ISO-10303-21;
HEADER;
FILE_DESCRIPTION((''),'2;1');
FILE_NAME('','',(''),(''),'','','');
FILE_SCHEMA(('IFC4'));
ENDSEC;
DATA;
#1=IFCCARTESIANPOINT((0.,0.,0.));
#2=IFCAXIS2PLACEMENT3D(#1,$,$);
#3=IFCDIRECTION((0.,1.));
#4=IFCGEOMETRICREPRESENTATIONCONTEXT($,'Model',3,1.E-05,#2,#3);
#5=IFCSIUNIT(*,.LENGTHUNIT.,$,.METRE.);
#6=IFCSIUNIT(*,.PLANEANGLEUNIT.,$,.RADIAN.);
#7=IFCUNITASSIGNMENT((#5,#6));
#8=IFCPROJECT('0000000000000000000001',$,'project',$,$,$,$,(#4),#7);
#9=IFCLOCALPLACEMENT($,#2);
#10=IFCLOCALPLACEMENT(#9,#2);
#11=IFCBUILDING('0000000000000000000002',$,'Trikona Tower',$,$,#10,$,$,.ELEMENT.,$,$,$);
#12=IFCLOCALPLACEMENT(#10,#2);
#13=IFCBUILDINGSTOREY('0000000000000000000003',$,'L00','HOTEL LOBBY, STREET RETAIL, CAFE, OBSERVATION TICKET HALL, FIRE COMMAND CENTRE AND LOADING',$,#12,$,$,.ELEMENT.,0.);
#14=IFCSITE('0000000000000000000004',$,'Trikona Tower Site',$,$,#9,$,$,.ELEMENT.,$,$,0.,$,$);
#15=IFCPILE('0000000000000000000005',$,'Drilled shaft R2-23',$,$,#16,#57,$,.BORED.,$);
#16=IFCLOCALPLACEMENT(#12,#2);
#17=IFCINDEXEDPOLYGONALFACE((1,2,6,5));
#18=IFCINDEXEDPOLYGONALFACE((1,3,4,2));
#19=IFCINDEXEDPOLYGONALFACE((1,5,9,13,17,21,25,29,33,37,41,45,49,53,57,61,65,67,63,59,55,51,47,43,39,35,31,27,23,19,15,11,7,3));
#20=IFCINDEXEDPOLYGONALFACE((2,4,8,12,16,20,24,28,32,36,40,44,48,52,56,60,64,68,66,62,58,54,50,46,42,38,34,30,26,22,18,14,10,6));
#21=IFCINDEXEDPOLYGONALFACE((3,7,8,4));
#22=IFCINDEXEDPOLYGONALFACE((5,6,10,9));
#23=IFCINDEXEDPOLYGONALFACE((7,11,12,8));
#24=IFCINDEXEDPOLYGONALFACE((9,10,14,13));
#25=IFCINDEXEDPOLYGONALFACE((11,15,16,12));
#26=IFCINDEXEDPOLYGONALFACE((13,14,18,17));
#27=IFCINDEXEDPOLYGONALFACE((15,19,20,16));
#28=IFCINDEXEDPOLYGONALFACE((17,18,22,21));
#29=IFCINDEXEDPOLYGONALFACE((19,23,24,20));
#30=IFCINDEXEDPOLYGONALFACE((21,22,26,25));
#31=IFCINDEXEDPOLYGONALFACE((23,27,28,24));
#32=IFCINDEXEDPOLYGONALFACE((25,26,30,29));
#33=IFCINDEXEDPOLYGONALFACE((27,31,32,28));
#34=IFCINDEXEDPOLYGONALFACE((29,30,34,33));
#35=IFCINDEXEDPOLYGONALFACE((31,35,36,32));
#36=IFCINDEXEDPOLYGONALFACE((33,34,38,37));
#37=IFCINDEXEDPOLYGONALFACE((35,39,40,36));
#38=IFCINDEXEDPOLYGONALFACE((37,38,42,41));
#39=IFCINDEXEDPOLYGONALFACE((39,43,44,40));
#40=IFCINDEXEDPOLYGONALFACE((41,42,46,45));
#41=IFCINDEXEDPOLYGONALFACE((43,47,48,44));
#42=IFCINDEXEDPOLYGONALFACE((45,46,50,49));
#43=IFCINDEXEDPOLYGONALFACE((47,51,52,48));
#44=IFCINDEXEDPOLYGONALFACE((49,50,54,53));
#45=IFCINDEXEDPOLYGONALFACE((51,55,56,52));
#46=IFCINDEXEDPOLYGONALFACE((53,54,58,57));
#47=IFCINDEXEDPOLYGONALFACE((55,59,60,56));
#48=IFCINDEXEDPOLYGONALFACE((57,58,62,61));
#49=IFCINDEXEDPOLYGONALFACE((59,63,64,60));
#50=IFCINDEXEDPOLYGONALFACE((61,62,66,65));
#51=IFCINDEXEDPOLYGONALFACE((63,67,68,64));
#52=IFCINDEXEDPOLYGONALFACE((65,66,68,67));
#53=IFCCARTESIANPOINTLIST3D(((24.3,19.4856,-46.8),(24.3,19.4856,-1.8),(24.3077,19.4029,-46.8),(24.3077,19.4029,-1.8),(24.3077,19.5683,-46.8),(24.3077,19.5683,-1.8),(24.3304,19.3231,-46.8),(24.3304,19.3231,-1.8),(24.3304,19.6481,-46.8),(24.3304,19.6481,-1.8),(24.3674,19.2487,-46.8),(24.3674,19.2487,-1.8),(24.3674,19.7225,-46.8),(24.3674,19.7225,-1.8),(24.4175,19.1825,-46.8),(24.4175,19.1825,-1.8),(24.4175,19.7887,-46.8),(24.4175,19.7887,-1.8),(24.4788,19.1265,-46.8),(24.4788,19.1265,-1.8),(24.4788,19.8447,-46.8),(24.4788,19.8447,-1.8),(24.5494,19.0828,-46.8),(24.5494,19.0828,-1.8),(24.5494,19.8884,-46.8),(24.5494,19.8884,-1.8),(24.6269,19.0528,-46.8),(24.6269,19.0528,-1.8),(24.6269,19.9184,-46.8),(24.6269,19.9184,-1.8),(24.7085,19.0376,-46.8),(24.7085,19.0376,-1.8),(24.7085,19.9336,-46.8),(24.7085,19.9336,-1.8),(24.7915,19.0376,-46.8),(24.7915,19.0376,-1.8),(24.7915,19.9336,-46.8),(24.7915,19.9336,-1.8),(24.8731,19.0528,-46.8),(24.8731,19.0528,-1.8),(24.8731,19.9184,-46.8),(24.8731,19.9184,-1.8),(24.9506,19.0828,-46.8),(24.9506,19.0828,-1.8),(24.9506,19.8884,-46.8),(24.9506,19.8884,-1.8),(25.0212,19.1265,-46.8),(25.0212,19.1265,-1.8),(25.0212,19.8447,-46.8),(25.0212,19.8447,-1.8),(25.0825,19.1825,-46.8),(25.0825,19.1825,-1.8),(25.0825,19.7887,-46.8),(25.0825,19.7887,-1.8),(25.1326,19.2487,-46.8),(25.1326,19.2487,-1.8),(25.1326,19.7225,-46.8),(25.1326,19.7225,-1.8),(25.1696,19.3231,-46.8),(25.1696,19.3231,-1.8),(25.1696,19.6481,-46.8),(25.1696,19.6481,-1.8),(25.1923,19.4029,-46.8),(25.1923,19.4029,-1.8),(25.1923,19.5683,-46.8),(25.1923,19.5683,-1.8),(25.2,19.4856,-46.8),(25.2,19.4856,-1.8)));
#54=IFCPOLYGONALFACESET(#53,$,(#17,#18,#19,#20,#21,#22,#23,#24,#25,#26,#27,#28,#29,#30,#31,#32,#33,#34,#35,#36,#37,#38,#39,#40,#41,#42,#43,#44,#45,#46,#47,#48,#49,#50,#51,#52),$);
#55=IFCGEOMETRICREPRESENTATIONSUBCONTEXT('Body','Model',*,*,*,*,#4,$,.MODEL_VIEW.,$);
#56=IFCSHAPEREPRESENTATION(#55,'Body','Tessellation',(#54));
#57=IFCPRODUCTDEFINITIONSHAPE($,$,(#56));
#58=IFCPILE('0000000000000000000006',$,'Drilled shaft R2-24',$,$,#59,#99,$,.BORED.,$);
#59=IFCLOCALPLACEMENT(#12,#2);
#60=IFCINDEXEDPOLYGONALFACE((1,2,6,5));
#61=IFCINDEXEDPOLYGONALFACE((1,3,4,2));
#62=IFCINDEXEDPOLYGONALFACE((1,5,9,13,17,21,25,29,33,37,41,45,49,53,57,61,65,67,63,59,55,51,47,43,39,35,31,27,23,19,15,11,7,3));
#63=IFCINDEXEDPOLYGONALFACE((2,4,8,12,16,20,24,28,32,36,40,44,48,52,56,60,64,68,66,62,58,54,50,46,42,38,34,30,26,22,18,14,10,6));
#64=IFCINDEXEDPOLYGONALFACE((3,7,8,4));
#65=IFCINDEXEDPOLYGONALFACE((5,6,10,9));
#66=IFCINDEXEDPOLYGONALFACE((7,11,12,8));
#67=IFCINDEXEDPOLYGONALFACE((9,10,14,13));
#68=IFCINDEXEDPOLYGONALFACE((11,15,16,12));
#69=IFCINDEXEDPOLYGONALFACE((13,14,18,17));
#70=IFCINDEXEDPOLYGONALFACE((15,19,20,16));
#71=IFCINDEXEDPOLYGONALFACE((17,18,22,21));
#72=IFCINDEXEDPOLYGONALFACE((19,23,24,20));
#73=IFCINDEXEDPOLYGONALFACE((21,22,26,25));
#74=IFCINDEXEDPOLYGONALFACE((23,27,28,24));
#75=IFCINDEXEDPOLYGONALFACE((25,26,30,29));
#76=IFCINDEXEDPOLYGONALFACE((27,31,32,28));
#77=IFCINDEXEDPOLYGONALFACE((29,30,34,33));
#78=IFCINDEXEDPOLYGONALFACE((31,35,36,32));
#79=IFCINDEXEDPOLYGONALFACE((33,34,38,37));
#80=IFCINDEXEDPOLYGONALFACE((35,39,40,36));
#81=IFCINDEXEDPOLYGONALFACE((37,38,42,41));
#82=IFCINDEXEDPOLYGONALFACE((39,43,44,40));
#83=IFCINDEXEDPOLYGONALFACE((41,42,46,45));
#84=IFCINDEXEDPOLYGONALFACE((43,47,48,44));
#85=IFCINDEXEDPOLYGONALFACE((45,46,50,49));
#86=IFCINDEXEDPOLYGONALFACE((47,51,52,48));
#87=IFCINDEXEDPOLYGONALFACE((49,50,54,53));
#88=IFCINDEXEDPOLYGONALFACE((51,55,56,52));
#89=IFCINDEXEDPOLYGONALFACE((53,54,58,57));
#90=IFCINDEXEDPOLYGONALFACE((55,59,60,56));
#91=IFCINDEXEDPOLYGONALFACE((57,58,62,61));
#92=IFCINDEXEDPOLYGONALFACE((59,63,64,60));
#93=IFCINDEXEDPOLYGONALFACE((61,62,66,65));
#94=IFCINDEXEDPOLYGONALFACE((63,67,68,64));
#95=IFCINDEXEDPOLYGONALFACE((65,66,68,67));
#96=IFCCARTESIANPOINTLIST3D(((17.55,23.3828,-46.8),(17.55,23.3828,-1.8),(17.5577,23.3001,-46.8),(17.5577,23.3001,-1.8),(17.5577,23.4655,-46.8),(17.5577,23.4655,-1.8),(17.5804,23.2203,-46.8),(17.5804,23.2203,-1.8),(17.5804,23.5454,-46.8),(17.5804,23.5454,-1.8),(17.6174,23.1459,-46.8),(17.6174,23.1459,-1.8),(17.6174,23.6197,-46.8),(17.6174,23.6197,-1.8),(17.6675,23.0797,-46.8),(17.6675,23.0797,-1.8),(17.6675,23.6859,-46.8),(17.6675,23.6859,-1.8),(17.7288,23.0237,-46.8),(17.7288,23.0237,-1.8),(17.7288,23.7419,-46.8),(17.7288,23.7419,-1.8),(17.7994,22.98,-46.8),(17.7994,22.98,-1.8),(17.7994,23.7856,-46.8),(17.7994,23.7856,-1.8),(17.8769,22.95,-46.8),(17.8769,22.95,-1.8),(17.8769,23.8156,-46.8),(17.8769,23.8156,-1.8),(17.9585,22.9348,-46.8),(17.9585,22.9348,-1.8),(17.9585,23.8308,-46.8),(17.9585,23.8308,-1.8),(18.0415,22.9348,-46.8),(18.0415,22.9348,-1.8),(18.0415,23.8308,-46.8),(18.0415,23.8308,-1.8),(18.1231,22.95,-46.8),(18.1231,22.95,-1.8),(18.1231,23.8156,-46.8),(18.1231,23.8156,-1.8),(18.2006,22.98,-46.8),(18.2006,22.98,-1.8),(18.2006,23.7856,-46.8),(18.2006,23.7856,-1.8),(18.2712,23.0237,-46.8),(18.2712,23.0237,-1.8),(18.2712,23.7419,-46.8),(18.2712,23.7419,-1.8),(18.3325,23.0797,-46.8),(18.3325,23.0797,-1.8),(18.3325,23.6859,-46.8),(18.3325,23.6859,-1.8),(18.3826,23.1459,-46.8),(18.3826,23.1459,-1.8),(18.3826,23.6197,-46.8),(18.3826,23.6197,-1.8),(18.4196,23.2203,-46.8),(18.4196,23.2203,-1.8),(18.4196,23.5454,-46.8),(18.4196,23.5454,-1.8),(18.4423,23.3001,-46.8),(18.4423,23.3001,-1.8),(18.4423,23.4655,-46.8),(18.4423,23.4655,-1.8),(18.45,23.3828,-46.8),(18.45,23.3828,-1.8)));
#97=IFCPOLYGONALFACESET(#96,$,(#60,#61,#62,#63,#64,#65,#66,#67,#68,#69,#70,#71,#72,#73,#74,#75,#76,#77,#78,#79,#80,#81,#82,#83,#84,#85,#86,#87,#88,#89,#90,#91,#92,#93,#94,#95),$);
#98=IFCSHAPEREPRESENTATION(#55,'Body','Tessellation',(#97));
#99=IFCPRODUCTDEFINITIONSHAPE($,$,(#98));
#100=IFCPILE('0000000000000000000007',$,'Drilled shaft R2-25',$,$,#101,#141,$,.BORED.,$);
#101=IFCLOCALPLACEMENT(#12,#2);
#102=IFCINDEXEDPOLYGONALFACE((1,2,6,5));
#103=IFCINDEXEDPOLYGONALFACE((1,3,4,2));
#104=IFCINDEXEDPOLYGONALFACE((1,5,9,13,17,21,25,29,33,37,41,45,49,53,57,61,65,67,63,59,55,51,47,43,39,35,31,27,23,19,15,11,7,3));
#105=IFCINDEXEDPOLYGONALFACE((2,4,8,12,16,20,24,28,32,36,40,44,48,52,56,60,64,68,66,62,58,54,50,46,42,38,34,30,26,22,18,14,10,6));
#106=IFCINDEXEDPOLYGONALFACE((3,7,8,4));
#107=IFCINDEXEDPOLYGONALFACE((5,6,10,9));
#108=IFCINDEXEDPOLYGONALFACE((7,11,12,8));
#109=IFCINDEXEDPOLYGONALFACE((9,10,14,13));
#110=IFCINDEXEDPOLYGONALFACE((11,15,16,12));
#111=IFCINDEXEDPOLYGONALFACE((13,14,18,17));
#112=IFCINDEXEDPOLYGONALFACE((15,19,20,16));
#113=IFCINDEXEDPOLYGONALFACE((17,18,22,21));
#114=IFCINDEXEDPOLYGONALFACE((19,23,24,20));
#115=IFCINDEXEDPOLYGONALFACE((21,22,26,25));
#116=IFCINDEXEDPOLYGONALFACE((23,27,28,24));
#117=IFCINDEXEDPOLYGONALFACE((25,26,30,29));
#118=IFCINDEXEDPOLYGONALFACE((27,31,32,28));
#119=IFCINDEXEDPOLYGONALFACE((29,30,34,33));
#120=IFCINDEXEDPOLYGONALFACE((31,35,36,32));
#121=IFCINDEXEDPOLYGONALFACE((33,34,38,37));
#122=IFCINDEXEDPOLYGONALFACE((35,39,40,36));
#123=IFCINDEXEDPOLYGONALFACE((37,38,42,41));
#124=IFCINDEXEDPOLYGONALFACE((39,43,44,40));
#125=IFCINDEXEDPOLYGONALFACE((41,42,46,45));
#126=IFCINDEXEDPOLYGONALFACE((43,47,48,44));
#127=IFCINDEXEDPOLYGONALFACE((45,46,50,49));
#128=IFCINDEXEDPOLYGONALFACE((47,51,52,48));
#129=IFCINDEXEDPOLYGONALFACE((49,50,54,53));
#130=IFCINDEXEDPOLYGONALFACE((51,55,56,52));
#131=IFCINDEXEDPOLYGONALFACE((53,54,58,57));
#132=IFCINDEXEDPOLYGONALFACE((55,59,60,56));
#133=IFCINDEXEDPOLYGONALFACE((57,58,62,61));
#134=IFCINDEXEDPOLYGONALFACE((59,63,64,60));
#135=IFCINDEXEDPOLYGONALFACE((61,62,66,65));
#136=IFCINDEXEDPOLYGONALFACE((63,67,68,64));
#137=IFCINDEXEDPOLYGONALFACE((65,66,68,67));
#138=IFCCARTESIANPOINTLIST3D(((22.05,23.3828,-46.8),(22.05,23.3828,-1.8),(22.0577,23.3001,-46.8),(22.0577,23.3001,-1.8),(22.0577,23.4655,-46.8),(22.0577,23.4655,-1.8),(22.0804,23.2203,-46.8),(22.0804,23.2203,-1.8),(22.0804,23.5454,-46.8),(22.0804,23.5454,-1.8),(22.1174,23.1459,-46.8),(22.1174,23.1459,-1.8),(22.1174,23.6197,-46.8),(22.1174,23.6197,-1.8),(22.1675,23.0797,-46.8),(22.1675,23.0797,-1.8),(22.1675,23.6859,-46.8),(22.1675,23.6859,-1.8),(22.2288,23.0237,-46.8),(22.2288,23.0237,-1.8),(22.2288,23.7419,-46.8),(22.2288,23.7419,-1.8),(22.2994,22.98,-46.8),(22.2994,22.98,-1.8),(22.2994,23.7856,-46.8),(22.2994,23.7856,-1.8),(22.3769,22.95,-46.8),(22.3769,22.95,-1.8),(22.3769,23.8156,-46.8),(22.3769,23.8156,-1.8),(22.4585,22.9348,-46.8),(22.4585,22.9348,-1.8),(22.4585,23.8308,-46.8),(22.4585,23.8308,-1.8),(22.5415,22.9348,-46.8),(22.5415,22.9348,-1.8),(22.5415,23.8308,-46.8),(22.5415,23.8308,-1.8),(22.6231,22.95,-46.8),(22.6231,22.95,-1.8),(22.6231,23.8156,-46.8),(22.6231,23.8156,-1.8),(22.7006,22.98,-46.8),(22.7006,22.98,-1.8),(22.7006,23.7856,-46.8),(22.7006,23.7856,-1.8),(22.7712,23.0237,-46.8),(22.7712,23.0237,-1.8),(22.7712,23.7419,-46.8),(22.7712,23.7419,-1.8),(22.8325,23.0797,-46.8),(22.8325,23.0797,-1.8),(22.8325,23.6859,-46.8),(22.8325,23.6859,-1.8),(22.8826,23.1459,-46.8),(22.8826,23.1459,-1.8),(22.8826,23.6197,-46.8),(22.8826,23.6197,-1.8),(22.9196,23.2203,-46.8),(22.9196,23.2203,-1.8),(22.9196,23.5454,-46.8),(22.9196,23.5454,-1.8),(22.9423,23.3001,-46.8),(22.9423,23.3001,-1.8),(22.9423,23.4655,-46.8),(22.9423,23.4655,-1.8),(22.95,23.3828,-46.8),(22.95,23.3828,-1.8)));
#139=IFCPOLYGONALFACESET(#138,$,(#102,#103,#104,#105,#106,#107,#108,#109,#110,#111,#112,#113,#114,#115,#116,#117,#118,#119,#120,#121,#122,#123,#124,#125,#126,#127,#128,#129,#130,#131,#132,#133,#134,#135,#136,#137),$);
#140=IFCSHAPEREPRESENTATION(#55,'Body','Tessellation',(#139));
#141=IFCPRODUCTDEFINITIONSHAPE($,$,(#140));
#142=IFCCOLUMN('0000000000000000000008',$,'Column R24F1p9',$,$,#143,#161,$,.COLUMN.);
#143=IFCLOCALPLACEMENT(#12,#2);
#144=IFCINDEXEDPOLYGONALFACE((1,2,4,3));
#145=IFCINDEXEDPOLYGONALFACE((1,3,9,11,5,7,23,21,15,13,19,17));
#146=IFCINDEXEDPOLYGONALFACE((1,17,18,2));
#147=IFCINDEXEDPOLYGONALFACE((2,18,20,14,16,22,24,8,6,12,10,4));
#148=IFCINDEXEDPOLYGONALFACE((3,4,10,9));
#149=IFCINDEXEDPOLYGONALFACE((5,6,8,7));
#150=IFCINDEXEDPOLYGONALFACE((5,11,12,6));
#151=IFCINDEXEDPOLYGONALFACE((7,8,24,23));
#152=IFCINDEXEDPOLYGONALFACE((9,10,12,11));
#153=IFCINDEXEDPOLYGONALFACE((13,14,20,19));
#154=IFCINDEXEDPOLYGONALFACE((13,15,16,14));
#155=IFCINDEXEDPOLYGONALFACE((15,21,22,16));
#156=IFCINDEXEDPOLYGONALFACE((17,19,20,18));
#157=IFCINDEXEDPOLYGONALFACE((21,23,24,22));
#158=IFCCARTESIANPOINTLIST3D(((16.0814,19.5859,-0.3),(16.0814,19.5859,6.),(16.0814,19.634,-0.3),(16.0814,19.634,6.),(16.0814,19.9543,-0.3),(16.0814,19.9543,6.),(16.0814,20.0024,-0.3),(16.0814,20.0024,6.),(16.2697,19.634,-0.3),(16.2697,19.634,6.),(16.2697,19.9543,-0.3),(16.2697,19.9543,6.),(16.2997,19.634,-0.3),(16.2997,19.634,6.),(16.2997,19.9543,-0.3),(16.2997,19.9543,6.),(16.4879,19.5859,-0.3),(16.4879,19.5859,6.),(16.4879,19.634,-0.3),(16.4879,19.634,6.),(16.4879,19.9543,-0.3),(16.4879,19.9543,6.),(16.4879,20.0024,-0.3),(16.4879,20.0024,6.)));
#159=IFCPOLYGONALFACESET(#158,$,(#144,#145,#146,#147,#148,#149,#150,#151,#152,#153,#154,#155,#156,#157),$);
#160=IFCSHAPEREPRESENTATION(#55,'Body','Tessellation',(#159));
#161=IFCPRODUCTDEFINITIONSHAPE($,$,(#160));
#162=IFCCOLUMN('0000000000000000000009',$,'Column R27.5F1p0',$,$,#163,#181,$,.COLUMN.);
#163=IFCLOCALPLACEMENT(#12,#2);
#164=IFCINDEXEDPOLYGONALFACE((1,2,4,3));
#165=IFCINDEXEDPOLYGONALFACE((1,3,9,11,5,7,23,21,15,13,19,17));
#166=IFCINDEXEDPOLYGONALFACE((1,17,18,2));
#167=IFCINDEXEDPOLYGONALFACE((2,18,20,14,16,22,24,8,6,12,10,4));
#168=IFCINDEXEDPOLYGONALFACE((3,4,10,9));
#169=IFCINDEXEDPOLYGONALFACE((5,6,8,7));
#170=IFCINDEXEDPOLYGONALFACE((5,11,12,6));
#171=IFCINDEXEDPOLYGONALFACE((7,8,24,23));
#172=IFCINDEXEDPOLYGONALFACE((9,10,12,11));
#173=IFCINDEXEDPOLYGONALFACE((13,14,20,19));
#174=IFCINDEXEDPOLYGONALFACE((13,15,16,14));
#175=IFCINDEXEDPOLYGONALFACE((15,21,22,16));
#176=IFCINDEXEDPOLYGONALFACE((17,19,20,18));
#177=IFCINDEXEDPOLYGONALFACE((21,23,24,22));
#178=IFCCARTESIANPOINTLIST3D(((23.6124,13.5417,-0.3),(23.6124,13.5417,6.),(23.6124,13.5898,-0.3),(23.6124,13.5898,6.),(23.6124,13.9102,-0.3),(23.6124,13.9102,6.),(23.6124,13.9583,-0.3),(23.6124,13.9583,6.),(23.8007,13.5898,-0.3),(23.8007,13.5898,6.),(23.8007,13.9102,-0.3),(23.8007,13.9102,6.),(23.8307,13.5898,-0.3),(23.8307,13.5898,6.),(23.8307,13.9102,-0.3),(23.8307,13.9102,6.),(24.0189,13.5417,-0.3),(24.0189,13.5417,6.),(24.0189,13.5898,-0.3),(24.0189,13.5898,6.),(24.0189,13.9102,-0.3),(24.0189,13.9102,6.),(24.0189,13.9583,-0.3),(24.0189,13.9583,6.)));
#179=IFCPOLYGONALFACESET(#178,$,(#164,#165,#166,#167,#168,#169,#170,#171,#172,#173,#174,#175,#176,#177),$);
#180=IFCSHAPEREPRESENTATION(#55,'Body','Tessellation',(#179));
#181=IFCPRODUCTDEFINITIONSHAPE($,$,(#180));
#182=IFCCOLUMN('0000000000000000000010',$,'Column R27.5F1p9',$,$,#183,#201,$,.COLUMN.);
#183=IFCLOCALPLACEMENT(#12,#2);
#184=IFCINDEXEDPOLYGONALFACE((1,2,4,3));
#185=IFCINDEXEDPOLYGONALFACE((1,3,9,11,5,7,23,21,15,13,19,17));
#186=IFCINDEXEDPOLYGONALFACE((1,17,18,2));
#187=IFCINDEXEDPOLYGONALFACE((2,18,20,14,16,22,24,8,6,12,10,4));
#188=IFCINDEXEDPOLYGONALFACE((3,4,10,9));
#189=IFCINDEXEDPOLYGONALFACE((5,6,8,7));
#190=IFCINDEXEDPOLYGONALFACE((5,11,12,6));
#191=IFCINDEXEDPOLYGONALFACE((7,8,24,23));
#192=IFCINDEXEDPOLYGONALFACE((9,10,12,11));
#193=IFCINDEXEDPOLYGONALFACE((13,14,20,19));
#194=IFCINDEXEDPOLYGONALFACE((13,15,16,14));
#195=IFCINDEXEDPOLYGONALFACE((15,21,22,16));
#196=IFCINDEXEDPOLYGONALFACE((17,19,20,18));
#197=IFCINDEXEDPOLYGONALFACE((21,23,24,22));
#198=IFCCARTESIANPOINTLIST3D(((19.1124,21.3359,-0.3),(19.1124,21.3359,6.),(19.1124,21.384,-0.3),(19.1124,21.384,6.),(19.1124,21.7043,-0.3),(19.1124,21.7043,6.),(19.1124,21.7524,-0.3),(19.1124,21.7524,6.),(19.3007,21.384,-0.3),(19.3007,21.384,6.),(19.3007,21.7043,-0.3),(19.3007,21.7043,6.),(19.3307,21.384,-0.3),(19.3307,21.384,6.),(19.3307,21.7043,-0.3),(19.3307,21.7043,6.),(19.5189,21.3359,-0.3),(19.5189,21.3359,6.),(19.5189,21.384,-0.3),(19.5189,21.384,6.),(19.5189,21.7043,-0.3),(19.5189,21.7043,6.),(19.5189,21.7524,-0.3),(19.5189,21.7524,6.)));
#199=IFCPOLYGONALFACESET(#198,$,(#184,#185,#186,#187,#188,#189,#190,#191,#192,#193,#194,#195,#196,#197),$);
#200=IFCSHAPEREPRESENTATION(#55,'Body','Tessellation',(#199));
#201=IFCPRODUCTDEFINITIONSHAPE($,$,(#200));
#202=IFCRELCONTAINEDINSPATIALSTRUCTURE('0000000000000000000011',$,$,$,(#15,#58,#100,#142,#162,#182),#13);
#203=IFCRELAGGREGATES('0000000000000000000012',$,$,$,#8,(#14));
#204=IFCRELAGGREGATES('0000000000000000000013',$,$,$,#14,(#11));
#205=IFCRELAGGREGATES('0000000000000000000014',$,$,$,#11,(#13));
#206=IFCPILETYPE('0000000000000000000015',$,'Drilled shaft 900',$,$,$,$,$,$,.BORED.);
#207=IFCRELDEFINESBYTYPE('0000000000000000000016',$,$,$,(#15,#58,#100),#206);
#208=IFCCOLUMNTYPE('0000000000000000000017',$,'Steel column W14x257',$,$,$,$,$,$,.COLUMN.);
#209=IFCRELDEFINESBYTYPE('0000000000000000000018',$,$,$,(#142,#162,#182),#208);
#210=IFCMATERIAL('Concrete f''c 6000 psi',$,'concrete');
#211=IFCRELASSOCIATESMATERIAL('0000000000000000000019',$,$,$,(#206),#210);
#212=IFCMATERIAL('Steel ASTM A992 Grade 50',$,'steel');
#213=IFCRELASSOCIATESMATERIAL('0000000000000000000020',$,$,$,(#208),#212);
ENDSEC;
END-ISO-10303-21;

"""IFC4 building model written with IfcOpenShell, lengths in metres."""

from ifc_helpers import new_model, si_unit, direction, frame, origin, origin_2d, place, context, subcontext, project, spatial, circle, i_section, extrude, material, material_profile, profile_set, type_object, element, save


model = new_model("IFC4")

# Units and contexts
model_context = context("Model", 3, precision=1e-05, world=origin(), true_north=direction((0.0, 1.0)))
body_context = subcontext(model_context, "Body", "Model", "MODEL_VIEW")
ifc_project = project(units=[si_unit("LENGTHUNIT", "METRE"), si_unit("PLANEANGLEUNIT", "RADIAN")], contexts=[model_context])

# Site, building, storey
site_placement = place(None, origin())
site = spatial("IfcSite", under=ifc_project, at=site_placement, Name="Trikona Tower Site", CompositionType="ELEMENT", RefElevation=0.0)
building_placement = place(site_placement, origin())
building = spatial("IfcBuilding", under=site, at=building_placement, Name="Trikona Tower", CompositionType="ELEMENT")
storey_placement = place(building_placement, origin())
storey = spatial("IfcBuildingStorey", under=building, at=storey_placement, Name="L00", Description="HOTEL LOBBY, STREET RETAIL, CAFE, OBSERVATION TICKET HALL, FIRE COMMAND CENTRE AND LOADING", CompositionType="ELEMENT", Elevation=0.0)

# Piles
ifc_material_1 = material(Name="Concrete f'c 6000 psi", Category="concrete")
pile_type_1 = type_object("IfcPileType", Name="Drilled shaft 900", PredefinedType="BORED", material=ifc_material_1)
for number, where, z_axis, x_axis, name in (
    (1, (24.75, 19.4856, -1.8), (0.0, 0.0, -1.0), (1.0, 0.0, 0.0), "Drilled shaft R2-23"),
    (2, (18.0, 23.3828, -1.8), (0.0, 0.0, -1.0), (1.0, 0.0, 0.0), "Drilled shaft R2-24"),
    (3, (22.5, 23.3828, -1.8), (0.0, 0.0, -1.0), (1.0, 0.0, 0.0), "Drilled shaft R2-25"),
):
    element("IfcPile", number, at=place(storey_placement, frame(where, z_axis=z_axis, x_axis=x_axis)), inside=storey, type_object=pile_type_1, Name=name, PredefinedType="BORED", context=body_context, shape_type="SweptSolid", body=[
        extrude(circle(Radius=0.45, at=origin_2d()), origin(), (0.0, 0.0, 1.0), 45.0),
    ])

# Columns
ifc_material_2 = material(Name="Steel ASTM A992 Grade 50", Category="steel")
ifc_material_profile_1 = material_profile(ifc_material_2, i_section(OverallWidth=0.4065, OverallDepth=0.4165, WebThickness=0.03, FlangeThickness=0.0481, at=origin_2d()), Name="W14X257")
ifc_profile_set_1 = profile_set([ifc_material_profile_1], Name="Steel ASTM A992 Grade 50")
column_type = type_object("IfcColumnType", Name="Steel column W14x257", PredefinedType="COLUMN", material=ifc_profile_set_1)
for number, where, z_axis, x_axis, name in (
    (4, (16.2847, 19.7942, -0.3), (0.0, 0.0, 1.0), (1.0, 0.0, 0.0), "Column R24F1p9"),
    (5, (23.8157, 13.75, -0.3), (0.0, 0.0, 1.0), (1.0, 0.0, 0.0), "Column R27.5F1p0"),
    (6, (19.3157, 21.5442, -0.3), (0.0, 0.0, 1.0), (1.0, 0.0, 0.0), "Column R27.5F1p9"),
):
    element("IfcColumn", number, at=place(storey_placement, frame(where, z_axis=z_axis, x_axis=x_axis)), inside=storey, type_object=column_type, Name=name, PredefinedType="COLUMN", context=body_context, shape_type="SweptSolid", body=[
        extrude(i_section(OverallWidth=0.4065, OverallDepth=0.4165, WebThickness=0.03, FlangeThickness=0.0481, at=origin_2d()), origin(), (0.0, 0.0, 1.0), 6.3),
    ])

save(model, "model.ifc")
